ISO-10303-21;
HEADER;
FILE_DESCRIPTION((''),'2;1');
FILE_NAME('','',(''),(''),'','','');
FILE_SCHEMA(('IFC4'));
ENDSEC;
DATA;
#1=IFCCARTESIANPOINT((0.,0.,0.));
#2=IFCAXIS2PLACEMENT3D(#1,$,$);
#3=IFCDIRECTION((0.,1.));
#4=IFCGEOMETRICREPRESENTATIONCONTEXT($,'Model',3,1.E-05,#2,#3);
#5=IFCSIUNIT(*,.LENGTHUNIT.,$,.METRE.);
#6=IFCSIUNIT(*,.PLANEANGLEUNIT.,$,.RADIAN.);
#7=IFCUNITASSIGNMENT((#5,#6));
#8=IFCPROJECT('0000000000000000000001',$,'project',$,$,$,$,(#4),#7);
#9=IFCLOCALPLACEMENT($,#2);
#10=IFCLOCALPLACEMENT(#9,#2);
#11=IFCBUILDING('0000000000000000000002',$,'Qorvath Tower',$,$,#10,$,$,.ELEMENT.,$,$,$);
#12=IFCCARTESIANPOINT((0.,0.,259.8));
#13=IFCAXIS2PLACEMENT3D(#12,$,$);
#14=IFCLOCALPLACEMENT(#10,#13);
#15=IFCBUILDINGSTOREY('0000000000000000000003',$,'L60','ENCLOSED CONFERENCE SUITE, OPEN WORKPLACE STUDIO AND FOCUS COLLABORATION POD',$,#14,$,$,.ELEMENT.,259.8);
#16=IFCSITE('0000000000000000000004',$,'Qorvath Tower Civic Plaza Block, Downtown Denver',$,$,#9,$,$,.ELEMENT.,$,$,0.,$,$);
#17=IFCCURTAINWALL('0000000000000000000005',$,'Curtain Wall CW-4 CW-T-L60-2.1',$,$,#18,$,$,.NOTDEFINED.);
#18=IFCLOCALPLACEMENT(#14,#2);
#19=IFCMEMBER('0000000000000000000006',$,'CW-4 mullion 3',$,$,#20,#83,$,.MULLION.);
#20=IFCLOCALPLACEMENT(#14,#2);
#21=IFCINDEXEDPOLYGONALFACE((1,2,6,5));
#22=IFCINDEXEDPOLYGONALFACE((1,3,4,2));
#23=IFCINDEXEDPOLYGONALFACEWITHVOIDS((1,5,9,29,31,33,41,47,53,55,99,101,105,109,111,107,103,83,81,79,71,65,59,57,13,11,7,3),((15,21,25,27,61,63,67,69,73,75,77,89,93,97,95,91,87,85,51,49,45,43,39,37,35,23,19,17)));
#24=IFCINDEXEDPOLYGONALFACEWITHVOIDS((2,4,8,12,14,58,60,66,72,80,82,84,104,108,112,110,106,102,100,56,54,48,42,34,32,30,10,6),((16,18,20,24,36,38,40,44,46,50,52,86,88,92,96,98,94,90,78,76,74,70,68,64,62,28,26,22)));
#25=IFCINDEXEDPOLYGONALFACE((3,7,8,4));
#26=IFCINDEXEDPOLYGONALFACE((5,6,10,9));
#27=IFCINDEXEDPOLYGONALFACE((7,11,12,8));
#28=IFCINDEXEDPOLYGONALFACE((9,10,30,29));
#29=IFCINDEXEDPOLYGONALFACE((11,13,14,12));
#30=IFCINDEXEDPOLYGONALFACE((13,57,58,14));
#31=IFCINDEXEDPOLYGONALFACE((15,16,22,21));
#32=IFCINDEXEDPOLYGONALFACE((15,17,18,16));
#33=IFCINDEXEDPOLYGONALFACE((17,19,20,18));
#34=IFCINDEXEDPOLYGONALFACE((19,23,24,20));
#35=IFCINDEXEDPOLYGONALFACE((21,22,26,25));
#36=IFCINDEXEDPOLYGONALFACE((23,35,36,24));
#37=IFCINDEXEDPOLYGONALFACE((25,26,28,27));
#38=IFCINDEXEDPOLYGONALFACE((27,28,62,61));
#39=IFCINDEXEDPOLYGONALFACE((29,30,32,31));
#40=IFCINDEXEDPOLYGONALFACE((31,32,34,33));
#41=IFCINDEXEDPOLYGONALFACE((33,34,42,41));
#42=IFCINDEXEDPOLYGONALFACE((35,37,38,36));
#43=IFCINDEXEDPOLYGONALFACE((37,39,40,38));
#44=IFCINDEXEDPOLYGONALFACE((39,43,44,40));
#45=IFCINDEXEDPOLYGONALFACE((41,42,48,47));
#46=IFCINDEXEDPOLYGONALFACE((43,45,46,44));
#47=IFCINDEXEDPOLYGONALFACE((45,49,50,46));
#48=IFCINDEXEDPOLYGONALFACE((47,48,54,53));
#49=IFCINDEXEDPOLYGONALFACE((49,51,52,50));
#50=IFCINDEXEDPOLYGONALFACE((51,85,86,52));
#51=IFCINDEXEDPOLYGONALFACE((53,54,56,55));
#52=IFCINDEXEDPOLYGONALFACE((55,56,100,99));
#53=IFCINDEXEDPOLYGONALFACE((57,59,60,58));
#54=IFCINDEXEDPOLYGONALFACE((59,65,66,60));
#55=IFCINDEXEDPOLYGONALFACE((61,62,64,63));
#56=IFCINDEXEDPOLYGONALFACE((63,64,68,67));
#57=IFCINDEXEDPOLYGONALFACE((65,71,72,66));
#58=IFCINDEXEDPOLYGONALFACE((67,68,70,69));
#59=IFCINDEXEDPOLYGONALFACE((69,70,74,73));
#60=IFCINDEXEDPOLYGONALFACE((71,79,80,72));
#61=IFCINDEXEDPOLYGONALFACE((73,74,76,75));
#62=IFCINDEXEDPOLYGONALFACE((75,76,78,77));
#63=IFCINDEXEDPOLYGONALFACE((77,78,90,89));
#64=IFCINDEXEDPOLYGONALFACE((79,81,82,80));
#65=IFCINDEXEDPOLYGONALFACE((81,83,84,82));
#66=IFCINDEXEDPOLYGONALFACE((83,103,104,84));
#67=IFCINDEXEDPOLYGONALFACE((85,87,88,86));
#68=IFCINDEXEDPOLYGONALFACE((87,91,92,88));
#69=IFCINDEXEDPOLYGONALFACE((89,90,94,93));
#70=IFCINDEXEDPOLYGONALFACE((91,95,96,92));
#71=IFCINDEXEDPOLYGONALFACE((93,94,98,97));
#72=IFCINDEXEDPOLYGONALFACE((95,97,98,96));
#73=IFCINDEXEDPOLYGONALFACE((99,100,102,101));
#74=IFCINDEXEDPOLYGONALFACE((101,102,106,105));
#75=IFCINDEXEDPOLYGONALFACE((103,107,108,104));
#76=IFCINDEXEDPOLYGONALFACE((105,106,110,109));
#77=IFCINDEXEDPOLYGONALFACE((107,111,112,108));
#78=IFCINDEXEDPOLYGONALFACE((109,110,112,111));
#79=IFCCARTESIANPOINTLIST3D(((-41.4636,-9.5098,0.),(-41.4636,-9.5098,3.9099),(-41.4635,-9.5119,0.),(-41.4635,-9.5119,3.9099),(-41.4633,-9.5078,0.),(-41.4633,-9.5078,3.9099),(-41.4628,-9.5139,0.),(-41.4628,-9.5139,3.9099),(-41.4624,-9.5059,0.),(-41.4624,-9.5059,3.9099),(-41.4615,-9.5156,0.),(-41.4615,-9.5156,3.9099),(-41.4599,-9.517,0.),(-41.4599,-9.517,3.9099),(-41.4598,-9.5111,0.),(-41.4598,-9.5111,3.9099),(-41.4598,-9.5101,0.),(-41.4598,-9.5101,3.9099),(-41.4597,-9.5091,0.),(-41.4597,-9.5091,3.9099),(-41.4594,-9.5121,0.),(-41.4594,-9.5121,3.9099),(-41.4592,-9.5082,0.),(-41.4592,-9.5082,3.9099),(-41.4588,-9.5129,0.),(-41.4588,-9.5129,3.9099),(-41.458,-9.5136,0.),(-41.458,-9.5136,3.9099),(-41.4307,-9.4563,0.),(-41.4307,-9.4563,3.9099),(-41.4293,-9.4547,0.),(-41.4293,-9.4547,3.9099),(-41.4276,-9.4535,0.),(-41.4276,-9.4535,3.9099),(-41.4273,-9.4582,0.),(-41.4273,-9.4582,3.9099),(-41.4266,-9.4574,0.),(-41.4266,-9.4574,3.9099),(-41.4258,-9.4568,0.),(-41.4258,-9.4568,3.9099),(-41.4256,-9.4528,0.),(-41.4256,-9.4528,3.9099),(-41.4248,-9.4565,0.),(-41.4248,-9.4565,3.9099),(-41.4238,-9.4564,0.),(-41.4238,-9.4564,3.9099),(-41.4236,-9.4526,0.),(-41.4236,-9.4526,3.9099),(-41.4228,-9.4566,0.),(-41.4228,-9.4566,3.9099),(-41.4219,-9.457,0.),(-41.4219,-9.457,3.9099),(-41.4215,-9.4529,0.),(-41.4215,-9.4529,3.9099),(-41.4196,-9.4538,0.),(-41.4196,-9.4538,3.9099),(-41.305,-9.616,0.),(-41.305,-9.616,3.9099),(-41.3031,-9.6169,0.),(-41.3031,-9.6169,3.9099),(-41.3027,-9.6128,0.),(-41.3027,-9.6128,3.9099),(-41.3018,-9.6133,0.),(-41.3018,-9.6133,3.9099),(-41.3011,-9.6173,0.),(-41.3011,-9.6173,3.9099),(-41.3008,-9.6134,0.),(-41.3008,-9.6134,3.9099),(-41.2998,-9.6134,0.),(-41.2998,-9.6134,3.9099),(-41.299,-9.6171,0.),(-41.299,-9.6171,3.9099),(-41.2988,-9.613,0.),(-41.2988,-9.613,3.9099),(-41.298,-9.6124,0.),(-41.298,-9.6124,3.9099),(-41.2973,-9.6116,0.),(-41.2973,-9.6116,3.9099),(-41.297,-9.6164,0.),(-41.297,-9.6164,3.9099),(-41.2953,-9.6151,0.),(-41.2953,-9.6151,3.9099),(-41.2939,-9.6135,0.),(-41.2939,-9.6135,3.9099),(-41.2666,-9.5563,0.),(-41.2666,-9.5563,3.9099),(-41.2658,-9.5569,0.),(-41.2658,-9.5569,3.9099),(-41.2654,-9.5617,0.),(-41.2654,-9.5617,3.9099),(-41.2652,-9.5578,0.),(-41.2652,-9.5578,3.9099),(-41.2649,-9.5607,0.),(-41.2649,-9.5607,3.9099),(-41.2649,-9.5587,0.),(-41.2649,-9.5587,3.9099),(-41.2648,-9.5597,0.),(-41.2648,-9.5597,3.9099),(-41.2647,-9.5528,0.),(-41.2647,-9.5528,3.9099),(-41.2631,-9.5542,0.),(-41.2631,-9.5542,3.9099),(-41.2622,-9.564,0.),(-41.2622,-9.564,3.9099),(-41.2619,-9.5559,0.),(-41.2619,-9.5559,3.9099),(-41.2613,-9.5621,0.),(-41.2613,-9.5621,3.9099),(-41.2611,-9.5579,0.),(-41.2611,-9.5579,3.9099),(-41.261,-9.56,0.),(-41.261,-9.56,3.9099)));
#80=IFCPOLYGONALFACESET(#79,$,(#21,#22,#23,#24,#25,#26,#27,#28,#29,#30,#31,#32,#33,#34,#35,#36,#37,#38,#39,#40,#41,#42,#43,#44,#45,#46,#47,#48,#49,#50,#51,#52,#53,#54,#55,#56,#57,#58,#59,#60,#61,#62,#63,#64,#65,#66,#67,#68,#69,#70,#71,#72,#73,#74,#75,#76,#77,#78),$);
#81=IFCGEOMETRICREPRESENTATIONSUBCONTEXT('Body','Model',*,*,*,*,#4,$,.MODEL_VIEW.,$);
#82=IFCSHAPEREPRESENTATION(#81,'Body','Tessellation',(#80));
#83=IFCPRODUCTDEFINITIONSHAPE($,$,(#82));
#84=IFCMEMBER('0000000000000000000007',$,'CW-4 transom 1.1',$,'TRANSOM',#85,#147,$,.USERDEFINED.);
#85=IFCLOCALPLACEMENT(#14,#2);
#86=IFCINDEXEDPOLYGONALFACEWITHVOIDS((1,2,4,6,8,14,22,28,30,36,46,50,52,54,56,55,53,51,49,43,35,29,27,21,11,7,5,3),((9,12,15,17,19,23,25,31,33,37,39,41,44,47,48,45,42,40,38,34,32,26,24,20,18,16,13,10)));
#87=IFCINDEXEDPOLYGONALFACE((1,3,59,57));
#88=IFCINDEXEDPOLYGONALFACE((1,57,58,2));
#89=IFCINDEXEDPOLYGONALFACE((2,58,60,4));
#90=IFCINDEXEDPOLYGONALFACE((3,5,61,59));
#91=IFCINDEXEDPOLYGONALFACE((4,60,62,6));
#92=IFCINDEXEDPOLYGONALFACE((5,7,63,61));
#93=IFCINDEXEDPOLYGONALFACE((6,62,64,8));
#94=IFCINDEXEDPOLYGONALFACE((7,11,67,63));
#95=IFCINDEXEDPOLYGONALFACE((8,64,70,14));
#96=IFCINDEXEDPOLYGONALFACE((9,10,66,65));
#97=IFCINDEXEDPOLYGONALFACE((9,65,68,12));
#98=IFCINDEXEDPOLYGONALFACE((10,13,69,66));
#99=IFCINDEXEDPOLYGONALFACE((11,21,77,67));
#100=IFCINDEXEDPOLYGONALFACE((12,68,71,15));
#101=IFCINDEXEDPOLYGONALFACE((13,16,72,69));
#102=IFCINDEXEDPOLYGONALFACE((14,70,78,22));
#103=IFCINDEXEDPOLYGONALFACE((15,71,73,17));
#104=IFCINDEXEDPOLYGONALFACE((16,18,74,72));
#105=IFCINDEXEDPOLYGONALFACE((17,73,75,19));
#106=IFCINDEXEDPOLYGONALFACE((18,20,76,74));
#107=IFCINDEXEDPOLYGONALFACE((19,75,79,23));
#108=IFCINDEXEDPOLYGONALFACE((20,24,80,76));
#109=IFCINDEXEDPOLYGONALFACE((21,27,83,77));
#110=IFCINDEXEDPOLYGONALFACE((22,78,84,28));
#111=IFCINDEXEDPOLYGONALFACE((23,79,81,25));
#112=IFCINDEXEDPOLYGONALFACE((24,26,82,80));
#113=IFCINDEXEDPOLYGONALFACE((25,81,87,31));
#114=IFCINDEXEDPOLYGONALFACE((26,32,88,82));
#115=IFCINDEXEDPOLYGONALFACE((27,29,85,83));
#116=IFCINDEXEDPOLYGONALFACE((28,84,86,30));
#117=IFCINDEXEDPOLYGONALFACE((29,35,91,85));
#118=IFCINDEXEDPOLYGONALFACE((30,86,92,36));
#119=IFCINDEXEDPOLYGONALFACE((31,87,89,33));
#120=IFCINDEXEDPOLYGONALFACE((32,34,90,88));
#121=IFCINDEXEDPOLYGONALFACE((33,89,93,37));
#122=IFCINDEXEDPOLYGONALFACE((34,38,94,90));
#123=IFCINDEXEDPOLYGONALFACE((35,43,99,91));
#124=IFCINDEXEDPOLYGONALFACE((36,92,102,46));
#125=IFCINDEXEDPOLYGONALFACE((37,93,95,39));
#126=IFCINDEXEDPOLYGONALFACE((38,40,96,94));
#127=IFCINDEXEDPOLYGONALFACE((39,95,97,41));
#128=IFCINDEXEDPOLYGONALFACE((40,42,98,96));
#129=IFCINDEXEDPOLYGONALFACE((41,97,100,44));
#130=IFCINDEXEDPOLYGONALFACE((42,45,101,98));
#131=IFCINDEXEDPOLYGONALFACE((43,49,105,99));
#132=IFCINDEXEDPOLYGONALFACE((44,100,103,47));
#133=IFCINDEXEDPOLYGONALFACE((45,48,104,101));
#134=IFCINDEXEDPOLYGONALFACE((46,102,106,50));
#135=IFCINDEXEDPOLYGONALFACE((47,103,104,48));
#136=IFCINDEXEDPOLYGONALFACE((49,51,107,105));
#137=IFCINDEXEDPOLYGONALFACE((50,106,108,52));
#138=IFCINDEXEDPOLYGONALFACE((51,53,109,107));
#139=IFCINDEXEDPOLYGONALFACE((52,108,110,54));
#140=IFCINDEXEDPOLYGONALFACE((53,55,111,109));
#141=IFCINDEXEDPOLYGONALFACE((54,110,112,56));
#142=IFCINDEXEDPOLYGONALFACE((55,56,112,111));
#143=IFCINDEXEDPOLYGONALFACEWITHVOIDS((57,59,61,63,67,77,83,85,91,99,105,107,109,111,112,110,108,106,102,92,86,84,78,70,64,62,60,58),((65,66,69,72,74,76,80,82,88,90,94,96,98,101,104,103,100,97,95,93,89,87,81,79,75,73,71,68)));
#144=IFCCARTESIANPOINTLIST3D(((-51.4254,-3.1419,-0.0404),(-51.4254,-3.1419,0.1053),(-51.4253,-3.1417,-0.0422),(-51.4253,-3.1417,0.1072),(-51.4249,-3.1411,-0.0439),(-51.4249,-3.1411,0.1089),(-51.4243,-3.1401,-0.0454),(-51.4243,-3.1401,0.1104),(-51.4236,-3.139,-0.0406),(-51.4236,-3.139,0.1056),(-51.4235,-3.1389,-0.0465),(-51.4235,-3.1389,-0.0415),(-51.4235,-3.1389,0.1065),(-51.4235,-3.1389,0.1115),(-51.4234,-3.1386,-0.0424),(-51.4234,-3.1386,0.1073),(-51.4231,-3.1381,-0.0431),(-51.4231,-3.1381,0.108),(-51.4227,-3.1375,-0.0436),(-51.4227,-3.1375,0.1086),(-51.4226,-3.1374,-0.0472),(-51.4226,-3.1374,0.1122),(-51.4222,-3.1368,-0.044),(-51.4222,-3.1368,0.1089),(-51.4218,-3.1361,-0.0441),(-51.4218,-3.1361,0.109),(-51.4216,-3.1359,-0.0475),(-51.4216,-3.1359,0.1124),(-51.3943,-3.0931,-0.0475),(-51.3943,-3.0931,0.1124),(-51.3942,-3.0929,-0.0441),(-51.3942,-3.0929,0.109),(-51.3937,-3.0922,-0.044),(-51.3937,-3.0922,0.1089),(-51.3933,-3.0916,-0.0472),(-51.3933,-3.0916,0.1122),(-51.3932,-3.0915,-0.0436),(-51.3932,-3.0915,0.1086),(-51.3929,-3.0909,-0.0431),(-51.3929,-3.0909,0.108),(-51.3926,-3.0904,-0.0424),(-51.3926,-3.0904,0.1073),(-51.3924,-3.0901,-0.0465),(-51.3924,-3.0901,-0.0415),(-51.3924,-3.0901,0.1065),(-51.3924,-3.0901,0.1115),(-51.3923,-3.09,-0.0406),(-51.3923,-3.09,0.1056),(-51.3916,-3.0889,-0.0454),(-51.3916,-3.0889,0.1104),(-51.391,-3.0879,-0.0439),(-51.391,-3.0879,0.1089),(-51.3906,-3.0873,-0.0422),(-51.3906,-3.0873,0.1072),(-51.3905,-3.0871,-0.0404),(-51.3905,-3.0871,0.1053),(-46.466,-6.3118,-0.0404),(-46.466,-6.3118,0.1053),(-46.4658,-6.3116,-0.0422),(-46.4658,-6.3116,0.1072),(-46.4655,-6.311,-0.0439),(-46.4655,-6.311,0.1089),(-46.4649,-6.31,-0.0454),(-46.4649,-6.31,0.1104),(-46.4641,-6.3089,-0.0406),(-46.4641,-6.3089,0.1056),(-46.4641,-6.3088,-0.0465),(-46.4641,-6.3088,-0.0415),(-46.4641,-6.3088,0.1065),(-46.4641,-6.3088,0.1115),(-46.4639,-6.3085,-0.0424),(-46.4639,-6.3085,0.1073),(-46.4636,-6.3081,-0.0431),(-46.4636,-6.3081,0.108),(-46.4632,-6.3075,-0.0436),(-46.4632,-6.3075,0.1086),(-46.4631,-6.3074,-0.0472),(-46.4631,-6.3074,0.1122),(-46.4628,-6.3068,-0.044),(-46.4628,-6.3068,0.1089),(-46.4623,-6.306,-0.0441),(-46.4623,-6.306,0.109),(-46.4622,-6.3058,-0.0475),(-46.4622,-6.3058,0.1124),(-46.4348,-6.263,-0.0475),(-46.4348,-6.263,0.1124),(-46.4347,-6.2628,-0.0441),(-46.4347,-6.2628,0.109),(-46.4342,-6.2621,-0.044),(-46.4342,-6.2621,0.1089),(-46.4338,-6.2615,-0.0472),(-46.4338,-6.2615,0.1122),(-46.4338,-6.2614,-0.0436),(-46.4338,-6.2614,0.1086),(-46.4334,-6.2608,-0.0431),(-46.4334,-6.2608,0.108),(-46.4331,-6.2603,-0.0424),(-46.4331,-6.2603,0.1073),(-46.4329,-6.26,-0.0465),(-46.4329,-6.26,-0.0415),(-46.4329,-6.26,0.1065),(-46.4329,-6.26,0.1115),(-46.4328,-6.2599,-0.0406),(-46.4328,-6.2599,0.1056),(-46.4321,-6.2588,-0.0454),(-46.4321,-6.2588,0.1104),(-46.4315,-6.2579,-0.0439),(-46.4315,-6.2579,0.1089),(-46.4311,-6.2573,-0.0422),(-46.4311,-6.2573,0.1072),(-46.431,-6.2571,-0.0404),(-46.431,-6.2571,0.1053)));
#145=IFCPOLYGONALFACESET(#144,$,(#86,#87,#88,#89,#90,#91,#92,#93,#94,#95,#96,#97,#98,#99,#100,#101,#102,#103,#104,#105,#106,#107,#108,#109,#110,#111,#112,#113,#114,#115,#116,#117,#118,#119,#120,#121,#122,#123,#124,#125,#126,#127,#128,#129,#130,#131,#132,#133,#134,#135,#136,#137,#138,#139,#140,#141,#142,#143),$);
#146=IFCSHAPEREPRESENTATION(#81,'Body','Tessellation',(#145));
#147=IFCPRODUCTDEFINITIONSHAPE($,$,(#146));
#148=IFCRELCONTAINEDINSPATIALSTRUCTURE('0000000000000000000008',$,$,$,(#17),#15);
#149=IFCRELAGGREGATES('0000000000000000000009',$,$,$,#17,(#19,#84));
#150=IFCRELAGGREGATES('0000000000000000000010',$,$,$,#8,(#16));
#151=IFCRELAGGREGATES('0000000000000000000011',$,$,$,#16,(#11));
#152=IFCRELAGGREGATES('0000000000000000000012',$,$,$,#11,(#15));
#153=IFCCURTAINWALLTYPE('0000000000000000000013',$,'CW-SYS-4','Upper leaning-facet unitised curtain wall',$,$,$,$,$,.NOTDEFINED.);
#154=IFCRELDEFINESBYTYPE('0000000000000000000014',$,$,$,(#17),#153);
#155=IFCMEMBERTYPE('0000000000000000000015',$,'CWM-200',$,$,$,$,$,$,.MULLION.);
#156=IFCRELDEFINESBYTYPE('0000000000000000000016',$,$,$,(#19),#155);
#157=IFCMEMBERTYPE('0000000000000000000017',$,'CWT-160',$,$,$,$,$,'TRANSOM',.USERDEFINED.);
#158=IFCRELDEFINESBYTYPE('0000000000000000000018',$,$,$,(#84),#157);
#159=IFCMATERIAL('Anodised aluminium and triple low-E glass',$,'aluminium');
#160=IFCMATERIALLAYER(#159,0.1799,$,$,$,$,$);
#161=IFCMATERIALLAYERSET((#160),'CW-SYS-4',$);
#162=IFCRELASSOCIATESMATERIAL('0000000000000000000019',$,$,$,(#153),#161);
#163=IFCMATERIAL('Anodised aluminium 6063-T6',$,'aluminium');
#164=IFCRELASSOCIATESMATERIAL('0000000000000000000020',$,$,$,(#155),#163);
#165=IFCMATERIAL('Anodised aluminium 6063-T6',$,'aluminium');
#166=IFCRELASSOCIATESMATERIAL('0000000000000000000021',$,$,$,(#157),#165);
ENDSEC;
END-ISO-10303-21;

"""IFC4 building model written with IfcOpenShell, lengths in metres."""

from ifc_helpers import new_model, si_unit, direction, frame, origin, origin_2d, place, context, subcontext, project, spatial, hollow_rectangle, extrude, material, layer, layer_set, material_profile, profile_set, type_object, element, aggregate, save


model = new_model("IFC4")

# Units and contexts
model_context = context("Model", 3, precision=1e-05, world=origin(), true_north=direction((0.0, 1.0)))
body_context = subcontext(model_context, "Body", "Model", "MODEL_VIEW")
ifc_project = project(units=[si_unit("LENGTHUNIT", "METRE"), si_unit("PLANEANGLEUNIT", "RADIAN")], contexts=[model_context])

# Site, building, storey
site_placement = place(None, origin())
site = spatial("IfcSite", under=ifc_project, at=site_placement, Name="Qorvath Tower Civic Plaza Block, Downtown Denver", CompositionType="ELEMENT", RefElevation=0.0)
building_placement = place(site_placement, origin())
building = spatial("IfcBuilding", under=site, at=building_placement, Name="Qorvath Tower", CompositionType="ELEMENT")
storey_placement = place(building_placement, frame((0.0, 0.0, 259.8)))
storey = spatial("IfcBuildingStorey", under=building, at=storey_placement, Name="L60", Description="ENCLOSED CONFERENCE SUITE, OPEN WORKPLACE STUDIO AND FOCUS COLLABORATION POD", CompositionType="ELEMENT", Elevation=259.8)

# Curtain wall, members
ifc_material_1 = material(Name="Anodised aluminium and triple low-E glass", Category="aluminium")
ifc_layer_1 = layer(ifc_material_1, 0.1799)
ifc_layer_set_1 = layer_set([ifc_layer_1], Name="CW-SYS-4")
curtain_wall_type = type_object("IfcCurtainWallType", Name="CW-SYS-4", Description="Upper leaning-facet unitised curtain wall", PredefinedType="NOTDEFINED", material=ifc_layer_set_1)
curtain_wall_placement = place(storey_placement, origin())
curtain_wall = element("IfcCurtainWall", 1, at=curtain_wall_placement, inside=storey, type_object=curtain_wall_type, Name="Curtain Wall CW-4 CW-T-L60-2.1", PredefinedType="NOTDEFINED")
ifc_material_2 = material(Name="Anodised aluminium 6063-T6", Category="aluminium")
ifc_material_profile_1 = material_profile(ifc_material_2, hollow_rectangle(XDim=0.075, YDim=0.2, WallThickness=0.0039, InnerFilletRadius=0.0039, OuterFilletRadius=0.0081, at=origin_2d()), Name="CWM 200x75")
ifc_profile_set_1 = profile_set([ifc_material_profile_1], Name="Anodised aluminium 6063-T6")
member_type_1 = type_object("IfcMemberType", Name="CWM-200", PredefinedType="MULLION", material=ifc_profile_set_1)
member_1_placement = place(storey_placement, frame((-41.3623, -9.5349, 0.0), z_axis=(0.0, 0.0, 1.0), x_axis=(0.538529, 0.842607, 0.0)))
member_1 = element("IfcMember", 2, at=member_1_placement, type_object=member_type_1, Name="CW-4 mullion 3", PredefinedType="MULLION", context=body_context, shape_type="SweptSolid", body=[
    extrude(hollow_rectangle(XDim=0.075, YDim=0.2, WallThickness=0.0039, InnerFilletRadius=0.0039, OuterFilletRadius=0.0081, at=origin_2d()), origin(), (0.0, 0.0, 1.0), 3.9099),
])
ifc_material_3 = material(Name="Anodised aluminium 6063-T6", Category="aluminium")
ifc_material_profile_2 = material_profile(ifc_material_3, hollow_rectangle(XDim=0.0649, YDim=0.1599, WallThickness=0.0034, InnerFilletRadius=0.0034, OuterFilletRadius=0.0071, at=origin_2d()), Name="CWT 160x65")
ifc_profile_set_2 = profile_set([ifc_material_profile_2], Name="Anodised aluminium 6063-T6")
member_type_2 = type_object("IfcMemberType", Name="CWT-160", ElementType="TRANSOM", PredefinedType="USERDEFINED", material=ifc_profile_set_2)
member_2_placement = place(storey_placement, frame((-51.408, -3.1145, 0.0325), z_axis=(0.842591, -0.538555, 0.0), x_axis=(0.538555, 0.842591, 0.0)))
member_2 = element("IfcMember", 3, at=member_2_placement, type_object=member_type_2, Name="CW-4 transom 1.1", ObjectType="TRANSOM", PredefinedType="USERDEFINED", context=body_context, shape_type="SweptSolid", body=[
    extrude(hollow_rectangle(XDim=0.0649, YDim=0.1599, WallThickness=0.0034, InnerFilletRadius=0.0034, OuterFilletRadius=0.0071, at=origin_2d()), origin(), (0.0, 0.0, 1.0), 5.886),
])
aggregate(curtain_wall, [member_1, member_2])

save(model, "model.ifc")
